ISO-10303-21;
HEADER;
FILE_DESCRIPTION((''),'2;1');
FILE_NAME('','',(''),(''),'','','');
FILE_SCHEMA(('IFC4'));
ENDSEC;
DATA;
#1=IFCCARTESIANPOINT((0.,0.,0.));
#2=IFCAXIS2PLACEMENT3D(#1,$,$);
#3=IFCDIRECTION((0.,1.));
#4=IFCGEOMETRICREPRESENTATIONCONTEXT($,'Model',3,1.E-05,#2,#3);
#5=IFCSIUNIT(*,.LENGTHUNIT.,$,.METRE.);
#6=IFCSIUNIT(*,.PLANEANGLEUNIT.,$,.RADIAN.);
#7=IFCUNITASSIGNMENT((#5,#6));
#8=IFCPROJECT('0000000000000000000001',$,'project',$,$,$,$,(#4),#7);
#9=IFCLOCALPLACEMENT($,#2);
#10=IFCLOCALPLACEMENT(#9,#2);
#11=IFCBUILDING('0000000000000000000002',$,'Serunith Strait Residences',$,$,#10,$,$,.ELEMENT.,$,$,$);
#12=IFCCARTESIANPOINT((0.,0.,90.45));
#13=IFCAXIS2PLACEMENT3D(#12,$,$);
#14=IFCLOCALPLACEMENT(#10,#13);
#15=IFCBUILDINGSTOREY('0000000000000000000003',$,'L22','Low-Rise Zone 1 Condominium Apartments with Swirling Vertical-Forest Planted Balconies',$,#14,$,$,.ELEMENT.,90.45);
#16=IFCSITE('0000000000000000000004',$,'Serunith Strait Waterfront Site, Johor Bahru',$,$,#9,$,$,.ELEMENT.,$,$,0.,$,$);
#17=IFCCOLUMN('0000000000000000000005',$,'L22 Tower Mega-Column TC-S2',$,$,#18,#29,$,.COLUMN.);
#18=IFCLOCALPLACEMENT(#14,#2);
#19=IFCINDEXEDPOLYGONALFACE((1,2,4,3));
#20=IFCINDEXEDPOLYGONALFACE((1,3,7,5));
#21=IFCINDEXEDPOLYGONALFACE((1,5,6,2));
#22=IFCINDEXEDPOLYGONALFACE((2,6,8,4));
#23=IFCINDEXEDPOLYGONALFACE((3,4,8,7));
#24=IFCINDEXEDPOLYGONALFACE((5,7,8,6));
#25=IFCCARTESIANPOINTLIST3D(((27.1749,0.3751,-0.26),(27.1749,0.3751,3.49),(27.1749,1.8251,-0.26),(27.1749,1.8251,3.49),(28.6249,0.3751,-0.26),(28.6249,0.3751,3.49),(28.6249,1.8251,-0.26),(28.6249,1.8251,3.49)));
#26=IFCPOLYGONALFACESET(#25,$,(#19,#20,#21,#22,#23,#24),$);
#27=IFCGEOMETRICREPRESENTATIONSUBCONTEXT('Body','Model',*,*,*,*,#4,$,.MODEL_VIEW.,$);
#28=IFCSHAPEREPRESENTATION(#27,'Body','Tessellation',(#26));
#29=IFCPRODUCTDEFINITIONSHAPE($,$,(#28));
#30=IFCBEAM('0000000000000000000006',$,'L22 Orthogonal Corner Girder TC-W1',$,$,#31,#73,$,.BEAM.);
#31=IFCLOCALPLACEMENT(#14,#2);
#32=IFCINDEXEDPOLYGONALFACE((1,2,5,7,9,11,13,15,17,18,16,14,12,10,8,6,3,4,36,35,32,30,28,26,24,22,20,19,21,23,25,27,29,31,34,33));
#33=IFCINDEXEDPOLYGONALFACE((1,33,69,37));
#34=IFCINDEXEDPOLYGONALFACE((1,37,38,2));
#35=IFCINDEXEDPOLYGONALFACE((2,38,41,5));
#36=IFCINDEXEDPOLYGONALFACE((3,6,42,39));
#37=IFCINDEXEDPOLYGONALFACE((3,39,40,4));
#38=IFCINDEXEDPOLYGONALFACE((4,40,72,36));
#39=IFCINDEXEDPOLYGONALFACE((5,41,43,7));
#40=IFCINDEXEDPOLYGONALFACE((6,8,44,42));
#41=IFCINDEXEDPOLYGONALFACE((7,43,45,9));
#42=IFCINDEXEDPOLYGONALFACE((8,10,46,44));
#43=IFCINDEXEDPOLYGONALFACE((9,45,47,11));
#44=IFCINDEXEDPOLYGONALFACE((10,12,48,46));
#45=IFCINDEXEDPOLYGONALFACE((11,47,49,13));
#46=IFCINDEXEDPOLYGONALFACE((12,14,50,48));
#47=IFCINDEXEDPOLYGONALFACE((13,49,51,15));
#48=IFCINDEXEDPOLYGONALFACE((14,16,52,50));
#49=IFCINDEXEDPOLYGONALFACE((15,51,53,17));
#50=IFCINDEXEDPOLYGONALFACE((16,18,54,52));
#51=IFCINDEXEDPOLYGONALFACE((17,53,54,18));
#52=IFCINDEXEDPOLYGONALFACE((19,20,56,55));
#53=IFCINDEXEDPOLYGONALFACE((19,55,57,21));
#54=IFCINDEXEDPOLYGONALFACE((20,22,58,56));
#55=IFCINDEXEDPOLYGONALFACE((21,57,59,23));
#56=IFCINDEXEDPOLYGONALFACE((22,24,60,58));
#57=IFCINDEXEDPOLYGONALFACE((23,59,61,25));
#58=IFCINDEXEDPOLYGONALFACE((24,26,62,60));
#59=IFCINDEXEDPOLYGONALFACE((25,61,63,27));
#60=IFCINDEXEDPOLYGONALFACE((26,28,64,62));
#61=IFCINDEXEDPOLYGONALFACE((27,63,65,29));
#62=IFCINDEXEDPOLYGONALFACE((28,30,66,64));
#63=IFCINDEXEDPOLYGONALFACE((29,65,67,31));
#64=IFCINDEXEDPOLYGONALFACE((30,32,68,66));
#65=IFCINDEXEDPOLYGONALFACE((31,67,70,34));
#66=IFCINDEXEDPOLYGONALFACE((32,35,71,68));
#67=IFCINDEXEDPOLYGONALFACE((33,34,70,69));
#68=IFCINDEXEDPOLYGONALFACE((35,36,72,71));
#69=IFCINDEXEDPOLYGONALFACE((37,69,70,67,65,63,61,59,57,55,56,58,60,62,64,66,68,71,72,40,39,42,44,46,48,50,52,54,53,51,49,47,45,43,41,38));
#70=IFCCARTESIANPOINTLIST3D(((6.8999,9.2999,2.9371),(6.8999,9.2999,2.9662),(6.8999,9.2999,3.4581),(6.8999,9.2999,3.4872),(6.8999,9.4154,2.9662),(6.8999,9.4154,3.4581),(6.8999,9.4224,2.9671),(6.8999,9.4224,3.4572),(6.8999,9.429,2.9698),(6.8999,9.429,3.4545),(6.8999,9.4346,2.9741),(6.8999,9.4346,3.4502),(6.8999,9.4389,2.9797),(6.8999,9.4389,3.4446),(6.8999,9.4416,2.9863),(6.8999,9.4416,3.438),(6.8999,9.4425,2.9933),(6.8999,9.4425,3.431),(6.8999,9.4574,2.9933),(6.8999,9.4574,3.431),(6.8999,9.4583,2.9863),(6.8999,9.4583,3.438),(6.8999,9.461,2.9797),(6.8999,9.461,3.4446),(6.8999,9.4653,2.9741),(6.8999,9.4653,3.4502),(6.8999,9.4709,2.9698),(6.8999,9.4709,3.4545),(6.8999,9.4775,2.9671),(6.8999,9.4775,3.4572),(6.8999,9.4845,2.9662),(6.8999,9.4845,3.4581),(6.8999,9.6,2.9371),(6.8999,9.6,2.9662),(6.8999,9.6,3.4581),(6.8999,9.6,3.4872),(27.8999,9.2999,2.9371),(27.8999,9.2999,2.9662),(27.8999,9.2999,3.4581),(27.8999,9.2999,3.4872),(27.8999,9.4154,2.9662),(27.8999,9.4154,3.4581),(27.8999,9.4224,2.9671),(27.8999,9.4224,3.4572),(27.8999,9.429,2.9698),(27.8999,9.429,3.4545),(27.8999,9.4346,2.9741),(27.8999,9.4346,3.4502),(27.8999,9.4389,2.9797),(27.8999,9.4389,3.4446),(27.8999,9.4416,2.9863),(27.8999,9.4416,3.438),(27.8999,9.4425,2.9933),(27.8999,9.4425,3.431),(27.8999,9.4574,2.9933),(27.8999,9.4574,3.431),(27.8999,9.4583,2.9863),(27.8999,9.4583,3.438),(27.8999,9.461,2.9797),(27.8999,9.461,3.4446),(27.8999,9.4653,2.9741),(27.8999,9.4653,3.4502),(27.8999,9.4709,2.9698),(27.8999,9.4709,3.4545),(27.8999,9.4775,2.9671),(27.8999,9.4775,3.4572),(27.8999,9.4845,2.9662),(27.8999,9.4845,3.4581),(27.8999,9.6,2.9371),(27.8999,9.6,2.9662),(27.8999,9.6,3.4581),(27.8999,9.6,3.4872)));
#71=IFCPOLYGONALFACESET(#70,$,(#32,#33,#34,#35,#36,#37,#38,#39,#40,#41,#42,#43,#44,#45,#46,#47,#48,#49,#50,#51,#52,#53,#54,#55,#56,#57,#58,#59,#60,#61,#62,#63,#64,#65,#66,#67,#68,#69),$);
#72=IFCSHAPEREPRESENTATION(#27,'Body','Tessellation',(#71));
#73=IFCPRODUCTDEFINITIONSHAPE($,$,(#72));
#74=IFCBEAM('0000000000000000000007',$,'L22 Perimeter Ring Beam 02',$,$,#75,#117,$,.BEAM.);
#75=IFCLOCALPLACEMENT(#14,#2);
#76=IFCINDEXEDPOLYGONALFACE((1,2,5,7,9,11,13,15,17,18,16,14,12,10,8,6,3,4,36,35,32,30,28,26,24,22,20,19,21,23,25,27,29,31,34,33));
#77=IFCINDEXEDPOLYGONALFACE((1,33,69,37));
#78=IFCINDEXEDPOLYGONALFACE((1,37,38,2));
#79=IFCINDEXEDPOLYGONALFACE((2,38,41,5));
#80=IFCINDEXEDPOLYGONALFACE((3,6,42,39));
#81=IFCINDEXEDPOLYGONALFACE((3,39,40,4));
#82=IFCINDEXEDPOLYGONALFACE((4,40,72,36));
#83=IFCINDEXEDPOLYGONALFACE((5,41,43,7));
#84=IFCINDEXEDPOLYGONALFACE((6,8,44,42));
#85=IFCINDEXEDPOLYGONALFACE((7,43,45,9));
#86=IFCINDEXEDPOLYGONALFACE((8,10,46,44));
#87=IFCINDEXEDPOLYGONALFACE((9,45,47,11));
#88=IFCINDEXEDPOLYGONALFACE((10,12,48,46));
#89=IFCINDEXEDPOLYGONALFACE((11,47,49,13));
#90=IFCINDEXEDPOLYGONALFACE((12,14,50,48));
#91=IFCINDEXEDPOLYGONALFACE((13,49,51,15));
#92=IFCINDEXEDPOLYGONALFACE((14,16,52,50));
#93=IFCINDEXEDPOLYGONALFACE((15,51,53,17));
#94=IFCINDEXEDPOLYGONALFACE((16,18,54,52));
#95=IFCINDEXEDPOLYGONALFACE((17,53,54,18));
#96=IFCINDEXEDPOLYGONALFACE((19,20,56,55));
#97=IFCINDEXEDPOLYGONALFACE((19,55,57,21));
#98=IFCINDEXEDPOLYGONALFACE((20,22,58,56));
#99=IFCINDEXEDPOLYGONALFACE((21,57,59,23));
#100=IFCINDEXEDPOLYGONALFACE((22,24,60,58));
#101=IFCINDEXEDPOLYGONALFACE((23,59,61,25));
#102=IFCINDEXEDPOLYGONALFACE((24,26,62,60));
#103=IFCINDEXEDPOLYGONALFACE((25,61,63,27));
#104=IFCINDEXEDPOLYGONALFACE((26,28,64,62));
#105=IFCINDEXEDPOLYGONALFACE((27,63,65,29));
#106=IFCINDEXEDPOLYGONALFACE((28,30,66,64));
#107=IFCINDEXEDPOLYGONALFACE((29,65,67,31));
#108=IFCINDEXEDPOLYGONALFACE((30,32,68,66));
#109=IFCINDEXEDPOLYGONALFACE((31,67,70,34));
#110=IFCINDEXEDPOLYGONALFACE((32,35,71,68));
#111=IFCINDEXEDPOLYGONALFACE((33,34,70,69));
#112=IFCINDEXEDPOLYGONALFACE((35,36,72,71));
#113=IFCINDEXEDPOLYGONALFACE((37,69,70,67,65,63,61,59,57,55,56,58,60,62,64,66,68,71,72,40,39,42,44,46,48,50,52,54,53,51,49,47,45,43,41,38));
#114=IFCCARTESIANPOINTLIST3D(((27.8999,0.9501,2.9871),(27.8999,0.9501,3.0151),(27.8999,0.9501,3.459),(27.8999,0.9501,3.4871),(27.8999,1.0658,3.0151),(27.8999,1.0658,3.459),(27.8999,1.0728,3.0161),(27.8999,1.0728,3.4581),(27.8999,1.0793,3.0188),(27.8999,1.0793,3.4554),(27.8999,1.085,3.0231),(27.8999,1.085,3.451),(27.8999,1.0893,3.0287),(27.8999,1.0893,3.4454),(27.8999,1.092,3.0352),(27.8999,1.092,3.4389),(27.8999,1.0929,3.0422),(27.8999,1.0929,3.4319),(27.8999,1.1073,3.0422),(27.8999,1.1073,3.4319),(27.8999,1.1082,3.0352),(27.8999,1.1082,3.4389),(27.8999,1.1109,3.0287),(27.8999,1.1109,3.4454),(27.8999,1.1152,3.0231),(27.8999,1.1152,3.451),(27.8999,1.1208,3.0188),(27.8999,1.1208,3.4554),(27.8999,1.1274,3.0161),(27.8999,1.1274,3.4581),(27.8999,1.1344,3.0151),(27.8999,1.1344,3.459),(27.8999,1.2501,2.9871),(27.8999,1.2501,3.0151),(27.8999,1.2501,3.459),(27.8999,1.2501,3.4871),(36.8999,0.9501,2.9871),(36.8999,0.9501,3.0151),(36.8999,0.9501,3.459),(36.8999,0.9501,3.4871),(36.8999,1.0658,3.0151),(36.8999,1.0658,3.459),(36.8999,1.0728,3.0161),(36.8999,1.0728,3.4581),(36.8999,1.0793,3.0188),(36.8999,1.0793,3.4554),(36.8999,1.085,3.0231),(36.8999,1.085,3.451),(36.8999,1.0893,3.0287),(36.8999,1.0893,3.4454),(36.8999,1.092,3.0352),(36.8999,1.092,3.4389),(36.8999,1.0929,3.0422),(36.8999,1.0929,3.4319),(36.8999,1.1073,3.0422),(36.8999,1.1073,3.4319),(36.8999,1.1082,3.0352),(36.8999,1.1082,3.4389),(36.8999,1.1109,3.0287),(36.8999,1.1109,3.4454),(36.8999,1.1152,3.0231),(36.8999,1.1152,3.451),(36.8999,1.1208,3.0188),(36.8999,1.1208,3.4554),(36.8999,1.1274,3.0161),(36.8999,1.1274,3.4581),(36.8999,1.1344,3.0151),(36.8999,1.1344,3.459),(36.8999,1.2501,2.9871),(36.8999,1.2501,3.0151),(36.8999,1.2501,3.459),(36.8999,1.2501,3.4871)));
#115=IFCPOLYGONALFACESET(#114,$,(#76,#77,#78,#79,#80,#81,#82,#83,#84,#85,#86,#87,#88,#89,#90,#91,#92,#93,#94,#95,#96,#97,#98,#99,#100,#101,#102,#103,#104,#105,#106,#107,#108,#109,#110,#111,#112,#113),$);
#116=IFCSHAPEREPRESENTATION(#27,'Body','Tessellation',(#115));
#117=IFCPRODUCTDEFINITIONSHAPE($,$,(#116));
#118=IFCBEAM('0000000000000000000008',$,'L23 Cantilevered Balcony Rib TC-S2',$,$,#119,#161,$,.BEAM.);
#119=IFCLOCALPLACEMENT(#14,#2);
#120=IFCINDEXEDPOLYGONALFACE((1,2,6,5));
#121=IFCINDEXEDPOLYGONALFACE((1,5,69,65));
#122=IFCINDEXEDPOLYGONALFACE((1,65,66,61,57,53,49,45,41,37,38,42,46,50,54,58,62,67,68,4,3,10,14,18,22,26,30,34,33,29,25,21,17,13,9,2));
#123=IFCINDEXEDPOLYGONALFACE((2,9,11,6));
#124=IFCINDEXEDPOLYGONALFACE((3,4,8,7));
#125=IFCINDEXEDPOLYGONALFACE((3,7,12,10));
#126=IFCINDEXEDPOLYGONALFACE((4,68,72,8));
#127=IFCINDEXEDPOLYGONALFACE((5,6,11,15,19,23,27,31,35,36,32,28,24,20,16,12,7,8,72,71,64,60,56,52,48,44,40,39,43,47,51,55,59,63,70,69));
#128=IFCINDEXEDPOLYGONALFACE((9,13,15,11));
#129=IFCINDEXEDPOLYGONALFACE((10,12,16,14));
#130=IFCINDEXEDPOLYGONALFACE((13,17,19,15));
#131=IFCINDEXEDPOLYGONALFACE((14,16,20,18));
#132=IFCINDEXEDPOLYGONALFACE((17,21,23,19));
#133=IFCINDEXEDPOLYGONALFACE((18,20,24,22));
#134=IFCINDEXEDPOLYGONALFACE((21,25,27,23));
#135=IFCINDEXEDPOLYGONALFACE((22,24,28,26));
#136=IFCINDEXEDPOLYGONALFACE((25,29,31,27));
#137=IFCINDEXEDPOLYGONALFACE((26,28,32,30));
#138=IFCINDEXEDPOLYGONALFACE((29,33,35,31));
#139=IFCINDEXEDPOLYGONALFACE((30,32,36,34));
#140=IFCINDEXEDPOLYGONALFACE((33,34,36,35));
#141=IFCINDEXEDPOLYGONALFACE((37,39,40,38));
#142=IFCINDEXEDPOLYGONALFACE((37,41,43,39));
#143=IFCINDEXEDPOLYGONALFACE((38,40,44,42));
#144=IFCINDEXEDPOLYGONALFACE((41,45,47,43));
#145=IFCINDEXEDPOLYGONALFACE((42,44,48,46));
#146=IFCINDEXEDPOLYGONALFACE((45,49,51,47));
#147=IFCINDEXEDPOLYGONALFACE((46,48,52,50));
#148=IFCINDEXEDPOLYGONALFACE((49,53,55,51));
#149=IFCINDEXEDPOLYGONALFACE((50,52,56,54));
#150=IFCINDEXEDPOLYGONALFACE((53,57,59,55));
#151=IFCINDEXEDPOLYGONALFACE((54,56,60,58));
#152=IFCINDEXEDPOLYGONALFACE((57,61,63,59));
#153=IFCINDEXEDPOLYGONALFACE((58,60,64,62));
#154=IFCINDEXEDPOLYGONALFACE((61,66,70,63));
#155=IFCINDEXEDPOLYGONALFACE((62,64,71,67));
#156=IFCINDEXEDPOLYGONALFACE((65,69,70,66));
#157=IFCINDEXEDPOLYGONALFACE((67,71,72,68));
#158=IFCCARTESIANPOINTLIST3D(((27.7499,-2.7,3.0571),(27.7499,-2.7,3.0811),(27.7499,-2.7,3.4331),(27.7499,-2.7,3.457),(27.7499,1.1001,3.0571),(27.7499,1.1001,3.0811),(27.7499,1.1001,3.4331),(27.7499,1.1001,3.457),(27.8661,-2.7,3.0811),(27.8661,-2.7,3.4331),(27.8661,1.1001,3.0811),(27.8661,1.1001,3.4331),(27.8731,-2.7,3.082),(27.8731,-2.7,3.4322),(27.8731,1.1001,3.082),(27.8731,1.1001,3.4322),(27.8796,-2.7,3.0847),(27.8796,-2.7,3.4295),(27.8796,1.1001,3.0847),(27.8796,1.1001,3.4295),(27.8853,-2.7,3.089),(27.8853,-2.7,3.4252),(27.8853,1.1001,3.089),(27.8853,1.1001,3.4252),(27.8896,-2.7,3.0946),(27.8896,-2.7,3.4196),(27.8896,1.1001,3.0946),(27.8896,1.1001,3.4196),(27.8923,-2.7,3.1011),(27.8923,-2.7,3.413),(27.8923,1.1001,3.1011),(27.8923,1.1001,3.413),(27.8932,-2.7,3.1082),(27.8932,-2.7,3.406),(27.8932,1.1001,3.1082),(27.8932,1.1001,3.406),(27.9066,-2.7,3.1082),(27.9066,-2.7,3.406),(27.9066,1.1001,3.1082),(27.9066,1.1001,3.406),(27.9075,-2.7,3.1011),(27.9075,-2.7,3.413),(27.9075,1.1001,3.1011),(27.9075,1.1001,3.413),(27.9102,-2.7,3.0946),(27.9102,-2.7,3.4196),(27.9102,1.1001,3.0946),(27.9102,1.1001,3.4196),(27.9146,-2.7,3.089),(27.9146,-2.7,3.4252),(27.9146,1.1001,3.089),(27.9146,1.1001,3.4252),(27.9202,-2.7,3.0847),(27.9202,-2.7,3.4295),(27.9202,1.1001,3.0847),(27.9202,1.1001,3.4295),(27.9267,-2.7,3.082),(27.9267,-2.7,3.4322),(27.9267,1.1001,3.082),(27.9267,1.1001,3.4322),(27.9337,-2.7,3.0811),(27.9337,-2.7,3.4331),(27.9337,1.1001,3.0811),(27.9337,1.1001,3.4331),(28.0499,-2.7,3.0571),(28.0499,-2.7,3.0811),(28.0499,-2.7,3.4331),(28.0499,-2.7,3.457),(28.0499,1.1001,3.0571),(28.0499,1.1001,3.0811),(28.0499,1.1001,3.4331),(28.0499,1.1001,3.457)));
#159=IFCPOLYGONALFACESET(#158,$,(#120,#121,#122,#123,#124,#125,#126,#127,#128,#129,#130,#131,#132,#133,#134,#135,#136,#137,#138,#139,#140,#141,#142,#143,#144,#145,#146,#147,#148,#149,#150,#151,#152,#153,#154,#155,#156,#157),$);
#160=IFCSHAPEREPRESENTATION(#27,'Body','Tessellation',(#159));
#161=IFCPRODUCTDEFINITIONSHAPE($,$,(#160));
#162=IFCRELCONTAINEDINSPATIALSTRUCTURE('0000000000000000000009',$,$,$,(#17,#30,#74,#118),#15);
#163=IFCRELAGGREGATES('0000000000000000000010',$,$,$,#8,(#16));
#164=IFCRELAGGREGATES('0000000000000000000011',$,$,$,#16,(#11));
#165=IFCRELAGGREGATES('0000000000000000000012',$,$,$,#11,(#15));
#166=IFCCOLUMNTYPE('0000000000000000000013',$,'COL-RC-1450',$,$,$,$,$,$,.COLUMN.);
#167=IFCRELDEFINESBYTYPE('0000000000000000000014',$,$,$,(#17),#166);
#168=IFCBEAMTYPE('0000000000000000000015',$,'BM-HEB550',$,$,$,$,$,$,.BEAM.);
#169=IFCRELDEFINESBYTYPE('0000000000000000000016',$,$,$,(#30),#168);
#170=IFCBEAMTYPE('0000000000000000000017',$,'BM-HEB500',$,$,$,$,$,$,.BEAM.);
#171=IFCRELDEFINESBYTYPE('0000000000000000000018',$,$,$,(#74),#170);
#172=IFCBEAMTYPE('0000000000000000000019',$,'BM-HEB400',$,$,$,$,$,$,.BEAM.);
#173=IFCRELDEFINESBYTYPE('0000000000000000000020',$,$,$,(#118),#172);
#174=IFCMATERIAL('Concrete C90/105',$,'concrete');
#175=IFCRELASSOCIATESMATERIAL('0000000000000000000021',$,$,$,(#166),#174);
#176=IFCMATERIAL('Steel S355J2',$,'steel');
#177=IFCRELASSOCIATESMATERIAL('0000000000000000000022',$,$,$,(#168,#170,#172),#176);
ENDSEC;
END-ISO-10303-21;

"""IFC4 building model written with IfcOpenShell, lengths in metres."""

from ifc_helpers import new_model, si_unit, direction, frame, origin, origin_2d, place, context, subcontext, project, spatial, rectangle, i_section, extrude, source, transform, mapped, material, material_profile, profile_set, type_object, element, save


model = new_model("IFC4")

# Units and contexts
model_context = context("Model", 3, precision=1e-05, world=origin(), true_north=direction((0.0, 1.0)))
body_context = subcontext(model_context, "Body", "Model", "MODEL_VIEW")
ifc_project = project(units=[si_unit("LENGTHUNIT", "METRE"), si_unit("PLANEANGLEUNIT", "RADIAN")], contexts=[model_context])

# Site, building, storey
site_placement = place(None, origin())
site = spatial("IfcSite", under=ifc_project, at=site_placement, Name="Serunith Strait Waterfront Site, Johor Bahru", CompositionType="ELEMENT", RefElevation=0.0)
building_placement = place(site_placement, origin())
building = spatial("IfcBuilding", under=site, at=building_placement, Name="Serunith Strait Residences", CompositionType="ELEMENT")
storey_placement = place(building_placement, frame((0.0, 0.0, 90.45)))
storey = spatial("IfcBuildingStorey", under=building, at=storey_placement, Name="L22", Description="Low-Rise Zone 1 Condominium Apartments with Swirling Vertical-Forest Planted Balconies", CompositionType="ELEMENT", Elevation=90.45)

# Column
ifc_material_1 = material(Name="Concrete C90/105", Category="concrete")
ifc_material_profile_1 = material_profile(ifc_material_1, rectangle(XDim=1.45, YDim=1.45, at=origin_2d()), Name="RC 1450x1450")
ifc_profile_set_1 = profile_set([ifc_material_profile_1], Name="Concrete C90/105")
column_type = type_object("IfcColumnType", Name="COL-RC-1450", PredefinedType="COLUMN", material=ifc_profile_set_1)
shared_shape_1 = source(origin(), body_context, "Body", "SweptSolid", [
    extrude(rectangle(XDim=1.45, YDim=1.45, at=origin_2d()), origin(), (0.0, 0.0, 1.0), 3.75),
])
column_placement = place(storey_placement, frame((27.8999, 1.1001, -0.26), z_axis=(0.0, 0.0, 1.0), x_axis=(1.0, 0.0, 0.0)))
element("IfcColumn", 1, at=column_placement, inside=storey, type_object=column_type, Name="L22 Tower Mega-Column TC-S2", PredefinedType="COLUMN", context=body_context, shape_type="MappedRepresentation", body=[
    mapped(shared_shape_1, transform((0.0, 0.0, 0.0), scale=1.0)),
])

# Beams
ifc_material_2 = material(Name="Steel S355J2", Category="steel")
ifc_material_profile_2 = material_profile(ifc_material_2, i_section(OverallWidth=0.3, OverallDepth=0.55, WebThickness=0.0149, FlangeThickness=0.0291, FilletRadius=0.0271, at=origin_2d()), Name="HEB 550")
ifc_profile_set_2 = profile_set([ifc_material_profile_2], Name="Steel S355J2")
beam_type_1 = type_object("IfcBeamType", Name="BM-HEB550", PredefinedType="BEAM", material=ifc_profile_set_2)
shared_shape_2 = source(origin(), body_context, "Body", "SweptSolid", [
    extrude(i_section(OverallWidth=0.3, OverallDepth=0.55, WebThickness=0.0149, FlangeThickness=0.0291, FilletRadius=0.0271, at=origin_2d()), origin(), (0.0, 0.0, 1.0), 21.0),
])
beam_1_placement = place(storey_placement, frame((27.8999, 9.45, 3.2122), z_axis=(-1.0, 0.0, 0.0), x_axis=(0.0, -1.0, 0.0)))
element("IfcBeam", 2, at=beam_1_placement, inside=storey, type_object=beam_type_1, Name="L22 Orthogonal Corner Girder TC-W1", PredefinedType="BEAM", context=body_context, shape_type="MappedRepresentation", body=[
    mapped(shared_shape_2, transform((0.0, 0.0, 0.0), scale=1.0)),
])
ifc_material_profile_3 = material_profile(ifc_material_2, i_section(OverallWidth=0.3, OverallDepth=0.5, WebThickness=0.0144, FlangeThickness=0.0281, FilletRadius=0.0271, at=origin_2d()), Name="HEB 500")
ifc_profile_set_3 = profile_set([ifc_material_profile_3], Name="Steel S355J2")
beam_type_2 = type_object("IfcBeamType", Name="BM-HEB500", PredefinedType="BEAM", material=ifc_profile_set_3)
shared_shape_3 = source(origin(), body_context, "Body", "SweptSolid", [
    extrude(i_section(OverallWidth=0.3, OverallDepth=0.5, WebThickness=0.0144, FlangeThickness=0.0281, FilletRadius=0.0271, at=origin_2d()), origin(), (0.0, 0.0, 1.0), 9.0),
])
beam_2_placement = place(storey_placement, frame((27.8999, 1.1001, 3.2371), z_axis=(1.0, 0.0, 0.0), x_axis=(0.0, 1.0, 0.0)))
element("IfcBeam", 3, at=beam_2_placement, inside=storey, type_object=beam_type_2, Name="L22 Perimeter Ring Beam 02", PredefinedType="BEAM", context=body_context, shape_type="MappedRepresentation", body=[
    mapped(shared_shape_3, transform((0.0, 0.0, 0.0), scale=1.0)),
])
ifc_material_profile_4 = material_profile(ifc_material_2, i_section(OverallWidth=0.3, OverallDepth=0.3999, WebThickness=0.0134, FlangeThickness=0.0239, FilletRadius=0.0271, at=origin_2d()), Name="HEB 400")
ifc_profile_set_4 = profile_set([ifc_material_profile_4], Name="Steel S355J2")
beam_type_3 = type_object("IfcBeamType", Name="BM-HEB400", PredefinedType="BEAM", material=ifc_profile_set_4)
shared_shape_4 = source(origin(), body_context, "Body", "SweptSolid", [
    extrude(i_section(OverallWidth=0.3, OverallDepth=0.3999, WebThickness=0.0134, FlangeThickness=0.0239, FilletRadius=0.0271, at=origin_2d()), origin(), (0.0, 0.0, 1.0), 3.8),
])
beam_3_placement = place(storey_placement, frame((27.8999, 1.1001, 3.2571), z_axis=(0.0, -1.0, 0.0), x_axis=(1.0, 0.0, 0.0)))
element("IfcBeam", 4, at=beam_3_placement, inside=storey, type_object=beam_type_3, Name="L23 Cantilevered Balcony Rib TC-S2", PredefinedType="BEAM", context=body_context, shape_type="MappedRepresentation", body=[
    mapped(shared_shape_4, transform((0.0, 0.0, 0.0), scale=1.0)),
])

save(model, "model.ifc")
